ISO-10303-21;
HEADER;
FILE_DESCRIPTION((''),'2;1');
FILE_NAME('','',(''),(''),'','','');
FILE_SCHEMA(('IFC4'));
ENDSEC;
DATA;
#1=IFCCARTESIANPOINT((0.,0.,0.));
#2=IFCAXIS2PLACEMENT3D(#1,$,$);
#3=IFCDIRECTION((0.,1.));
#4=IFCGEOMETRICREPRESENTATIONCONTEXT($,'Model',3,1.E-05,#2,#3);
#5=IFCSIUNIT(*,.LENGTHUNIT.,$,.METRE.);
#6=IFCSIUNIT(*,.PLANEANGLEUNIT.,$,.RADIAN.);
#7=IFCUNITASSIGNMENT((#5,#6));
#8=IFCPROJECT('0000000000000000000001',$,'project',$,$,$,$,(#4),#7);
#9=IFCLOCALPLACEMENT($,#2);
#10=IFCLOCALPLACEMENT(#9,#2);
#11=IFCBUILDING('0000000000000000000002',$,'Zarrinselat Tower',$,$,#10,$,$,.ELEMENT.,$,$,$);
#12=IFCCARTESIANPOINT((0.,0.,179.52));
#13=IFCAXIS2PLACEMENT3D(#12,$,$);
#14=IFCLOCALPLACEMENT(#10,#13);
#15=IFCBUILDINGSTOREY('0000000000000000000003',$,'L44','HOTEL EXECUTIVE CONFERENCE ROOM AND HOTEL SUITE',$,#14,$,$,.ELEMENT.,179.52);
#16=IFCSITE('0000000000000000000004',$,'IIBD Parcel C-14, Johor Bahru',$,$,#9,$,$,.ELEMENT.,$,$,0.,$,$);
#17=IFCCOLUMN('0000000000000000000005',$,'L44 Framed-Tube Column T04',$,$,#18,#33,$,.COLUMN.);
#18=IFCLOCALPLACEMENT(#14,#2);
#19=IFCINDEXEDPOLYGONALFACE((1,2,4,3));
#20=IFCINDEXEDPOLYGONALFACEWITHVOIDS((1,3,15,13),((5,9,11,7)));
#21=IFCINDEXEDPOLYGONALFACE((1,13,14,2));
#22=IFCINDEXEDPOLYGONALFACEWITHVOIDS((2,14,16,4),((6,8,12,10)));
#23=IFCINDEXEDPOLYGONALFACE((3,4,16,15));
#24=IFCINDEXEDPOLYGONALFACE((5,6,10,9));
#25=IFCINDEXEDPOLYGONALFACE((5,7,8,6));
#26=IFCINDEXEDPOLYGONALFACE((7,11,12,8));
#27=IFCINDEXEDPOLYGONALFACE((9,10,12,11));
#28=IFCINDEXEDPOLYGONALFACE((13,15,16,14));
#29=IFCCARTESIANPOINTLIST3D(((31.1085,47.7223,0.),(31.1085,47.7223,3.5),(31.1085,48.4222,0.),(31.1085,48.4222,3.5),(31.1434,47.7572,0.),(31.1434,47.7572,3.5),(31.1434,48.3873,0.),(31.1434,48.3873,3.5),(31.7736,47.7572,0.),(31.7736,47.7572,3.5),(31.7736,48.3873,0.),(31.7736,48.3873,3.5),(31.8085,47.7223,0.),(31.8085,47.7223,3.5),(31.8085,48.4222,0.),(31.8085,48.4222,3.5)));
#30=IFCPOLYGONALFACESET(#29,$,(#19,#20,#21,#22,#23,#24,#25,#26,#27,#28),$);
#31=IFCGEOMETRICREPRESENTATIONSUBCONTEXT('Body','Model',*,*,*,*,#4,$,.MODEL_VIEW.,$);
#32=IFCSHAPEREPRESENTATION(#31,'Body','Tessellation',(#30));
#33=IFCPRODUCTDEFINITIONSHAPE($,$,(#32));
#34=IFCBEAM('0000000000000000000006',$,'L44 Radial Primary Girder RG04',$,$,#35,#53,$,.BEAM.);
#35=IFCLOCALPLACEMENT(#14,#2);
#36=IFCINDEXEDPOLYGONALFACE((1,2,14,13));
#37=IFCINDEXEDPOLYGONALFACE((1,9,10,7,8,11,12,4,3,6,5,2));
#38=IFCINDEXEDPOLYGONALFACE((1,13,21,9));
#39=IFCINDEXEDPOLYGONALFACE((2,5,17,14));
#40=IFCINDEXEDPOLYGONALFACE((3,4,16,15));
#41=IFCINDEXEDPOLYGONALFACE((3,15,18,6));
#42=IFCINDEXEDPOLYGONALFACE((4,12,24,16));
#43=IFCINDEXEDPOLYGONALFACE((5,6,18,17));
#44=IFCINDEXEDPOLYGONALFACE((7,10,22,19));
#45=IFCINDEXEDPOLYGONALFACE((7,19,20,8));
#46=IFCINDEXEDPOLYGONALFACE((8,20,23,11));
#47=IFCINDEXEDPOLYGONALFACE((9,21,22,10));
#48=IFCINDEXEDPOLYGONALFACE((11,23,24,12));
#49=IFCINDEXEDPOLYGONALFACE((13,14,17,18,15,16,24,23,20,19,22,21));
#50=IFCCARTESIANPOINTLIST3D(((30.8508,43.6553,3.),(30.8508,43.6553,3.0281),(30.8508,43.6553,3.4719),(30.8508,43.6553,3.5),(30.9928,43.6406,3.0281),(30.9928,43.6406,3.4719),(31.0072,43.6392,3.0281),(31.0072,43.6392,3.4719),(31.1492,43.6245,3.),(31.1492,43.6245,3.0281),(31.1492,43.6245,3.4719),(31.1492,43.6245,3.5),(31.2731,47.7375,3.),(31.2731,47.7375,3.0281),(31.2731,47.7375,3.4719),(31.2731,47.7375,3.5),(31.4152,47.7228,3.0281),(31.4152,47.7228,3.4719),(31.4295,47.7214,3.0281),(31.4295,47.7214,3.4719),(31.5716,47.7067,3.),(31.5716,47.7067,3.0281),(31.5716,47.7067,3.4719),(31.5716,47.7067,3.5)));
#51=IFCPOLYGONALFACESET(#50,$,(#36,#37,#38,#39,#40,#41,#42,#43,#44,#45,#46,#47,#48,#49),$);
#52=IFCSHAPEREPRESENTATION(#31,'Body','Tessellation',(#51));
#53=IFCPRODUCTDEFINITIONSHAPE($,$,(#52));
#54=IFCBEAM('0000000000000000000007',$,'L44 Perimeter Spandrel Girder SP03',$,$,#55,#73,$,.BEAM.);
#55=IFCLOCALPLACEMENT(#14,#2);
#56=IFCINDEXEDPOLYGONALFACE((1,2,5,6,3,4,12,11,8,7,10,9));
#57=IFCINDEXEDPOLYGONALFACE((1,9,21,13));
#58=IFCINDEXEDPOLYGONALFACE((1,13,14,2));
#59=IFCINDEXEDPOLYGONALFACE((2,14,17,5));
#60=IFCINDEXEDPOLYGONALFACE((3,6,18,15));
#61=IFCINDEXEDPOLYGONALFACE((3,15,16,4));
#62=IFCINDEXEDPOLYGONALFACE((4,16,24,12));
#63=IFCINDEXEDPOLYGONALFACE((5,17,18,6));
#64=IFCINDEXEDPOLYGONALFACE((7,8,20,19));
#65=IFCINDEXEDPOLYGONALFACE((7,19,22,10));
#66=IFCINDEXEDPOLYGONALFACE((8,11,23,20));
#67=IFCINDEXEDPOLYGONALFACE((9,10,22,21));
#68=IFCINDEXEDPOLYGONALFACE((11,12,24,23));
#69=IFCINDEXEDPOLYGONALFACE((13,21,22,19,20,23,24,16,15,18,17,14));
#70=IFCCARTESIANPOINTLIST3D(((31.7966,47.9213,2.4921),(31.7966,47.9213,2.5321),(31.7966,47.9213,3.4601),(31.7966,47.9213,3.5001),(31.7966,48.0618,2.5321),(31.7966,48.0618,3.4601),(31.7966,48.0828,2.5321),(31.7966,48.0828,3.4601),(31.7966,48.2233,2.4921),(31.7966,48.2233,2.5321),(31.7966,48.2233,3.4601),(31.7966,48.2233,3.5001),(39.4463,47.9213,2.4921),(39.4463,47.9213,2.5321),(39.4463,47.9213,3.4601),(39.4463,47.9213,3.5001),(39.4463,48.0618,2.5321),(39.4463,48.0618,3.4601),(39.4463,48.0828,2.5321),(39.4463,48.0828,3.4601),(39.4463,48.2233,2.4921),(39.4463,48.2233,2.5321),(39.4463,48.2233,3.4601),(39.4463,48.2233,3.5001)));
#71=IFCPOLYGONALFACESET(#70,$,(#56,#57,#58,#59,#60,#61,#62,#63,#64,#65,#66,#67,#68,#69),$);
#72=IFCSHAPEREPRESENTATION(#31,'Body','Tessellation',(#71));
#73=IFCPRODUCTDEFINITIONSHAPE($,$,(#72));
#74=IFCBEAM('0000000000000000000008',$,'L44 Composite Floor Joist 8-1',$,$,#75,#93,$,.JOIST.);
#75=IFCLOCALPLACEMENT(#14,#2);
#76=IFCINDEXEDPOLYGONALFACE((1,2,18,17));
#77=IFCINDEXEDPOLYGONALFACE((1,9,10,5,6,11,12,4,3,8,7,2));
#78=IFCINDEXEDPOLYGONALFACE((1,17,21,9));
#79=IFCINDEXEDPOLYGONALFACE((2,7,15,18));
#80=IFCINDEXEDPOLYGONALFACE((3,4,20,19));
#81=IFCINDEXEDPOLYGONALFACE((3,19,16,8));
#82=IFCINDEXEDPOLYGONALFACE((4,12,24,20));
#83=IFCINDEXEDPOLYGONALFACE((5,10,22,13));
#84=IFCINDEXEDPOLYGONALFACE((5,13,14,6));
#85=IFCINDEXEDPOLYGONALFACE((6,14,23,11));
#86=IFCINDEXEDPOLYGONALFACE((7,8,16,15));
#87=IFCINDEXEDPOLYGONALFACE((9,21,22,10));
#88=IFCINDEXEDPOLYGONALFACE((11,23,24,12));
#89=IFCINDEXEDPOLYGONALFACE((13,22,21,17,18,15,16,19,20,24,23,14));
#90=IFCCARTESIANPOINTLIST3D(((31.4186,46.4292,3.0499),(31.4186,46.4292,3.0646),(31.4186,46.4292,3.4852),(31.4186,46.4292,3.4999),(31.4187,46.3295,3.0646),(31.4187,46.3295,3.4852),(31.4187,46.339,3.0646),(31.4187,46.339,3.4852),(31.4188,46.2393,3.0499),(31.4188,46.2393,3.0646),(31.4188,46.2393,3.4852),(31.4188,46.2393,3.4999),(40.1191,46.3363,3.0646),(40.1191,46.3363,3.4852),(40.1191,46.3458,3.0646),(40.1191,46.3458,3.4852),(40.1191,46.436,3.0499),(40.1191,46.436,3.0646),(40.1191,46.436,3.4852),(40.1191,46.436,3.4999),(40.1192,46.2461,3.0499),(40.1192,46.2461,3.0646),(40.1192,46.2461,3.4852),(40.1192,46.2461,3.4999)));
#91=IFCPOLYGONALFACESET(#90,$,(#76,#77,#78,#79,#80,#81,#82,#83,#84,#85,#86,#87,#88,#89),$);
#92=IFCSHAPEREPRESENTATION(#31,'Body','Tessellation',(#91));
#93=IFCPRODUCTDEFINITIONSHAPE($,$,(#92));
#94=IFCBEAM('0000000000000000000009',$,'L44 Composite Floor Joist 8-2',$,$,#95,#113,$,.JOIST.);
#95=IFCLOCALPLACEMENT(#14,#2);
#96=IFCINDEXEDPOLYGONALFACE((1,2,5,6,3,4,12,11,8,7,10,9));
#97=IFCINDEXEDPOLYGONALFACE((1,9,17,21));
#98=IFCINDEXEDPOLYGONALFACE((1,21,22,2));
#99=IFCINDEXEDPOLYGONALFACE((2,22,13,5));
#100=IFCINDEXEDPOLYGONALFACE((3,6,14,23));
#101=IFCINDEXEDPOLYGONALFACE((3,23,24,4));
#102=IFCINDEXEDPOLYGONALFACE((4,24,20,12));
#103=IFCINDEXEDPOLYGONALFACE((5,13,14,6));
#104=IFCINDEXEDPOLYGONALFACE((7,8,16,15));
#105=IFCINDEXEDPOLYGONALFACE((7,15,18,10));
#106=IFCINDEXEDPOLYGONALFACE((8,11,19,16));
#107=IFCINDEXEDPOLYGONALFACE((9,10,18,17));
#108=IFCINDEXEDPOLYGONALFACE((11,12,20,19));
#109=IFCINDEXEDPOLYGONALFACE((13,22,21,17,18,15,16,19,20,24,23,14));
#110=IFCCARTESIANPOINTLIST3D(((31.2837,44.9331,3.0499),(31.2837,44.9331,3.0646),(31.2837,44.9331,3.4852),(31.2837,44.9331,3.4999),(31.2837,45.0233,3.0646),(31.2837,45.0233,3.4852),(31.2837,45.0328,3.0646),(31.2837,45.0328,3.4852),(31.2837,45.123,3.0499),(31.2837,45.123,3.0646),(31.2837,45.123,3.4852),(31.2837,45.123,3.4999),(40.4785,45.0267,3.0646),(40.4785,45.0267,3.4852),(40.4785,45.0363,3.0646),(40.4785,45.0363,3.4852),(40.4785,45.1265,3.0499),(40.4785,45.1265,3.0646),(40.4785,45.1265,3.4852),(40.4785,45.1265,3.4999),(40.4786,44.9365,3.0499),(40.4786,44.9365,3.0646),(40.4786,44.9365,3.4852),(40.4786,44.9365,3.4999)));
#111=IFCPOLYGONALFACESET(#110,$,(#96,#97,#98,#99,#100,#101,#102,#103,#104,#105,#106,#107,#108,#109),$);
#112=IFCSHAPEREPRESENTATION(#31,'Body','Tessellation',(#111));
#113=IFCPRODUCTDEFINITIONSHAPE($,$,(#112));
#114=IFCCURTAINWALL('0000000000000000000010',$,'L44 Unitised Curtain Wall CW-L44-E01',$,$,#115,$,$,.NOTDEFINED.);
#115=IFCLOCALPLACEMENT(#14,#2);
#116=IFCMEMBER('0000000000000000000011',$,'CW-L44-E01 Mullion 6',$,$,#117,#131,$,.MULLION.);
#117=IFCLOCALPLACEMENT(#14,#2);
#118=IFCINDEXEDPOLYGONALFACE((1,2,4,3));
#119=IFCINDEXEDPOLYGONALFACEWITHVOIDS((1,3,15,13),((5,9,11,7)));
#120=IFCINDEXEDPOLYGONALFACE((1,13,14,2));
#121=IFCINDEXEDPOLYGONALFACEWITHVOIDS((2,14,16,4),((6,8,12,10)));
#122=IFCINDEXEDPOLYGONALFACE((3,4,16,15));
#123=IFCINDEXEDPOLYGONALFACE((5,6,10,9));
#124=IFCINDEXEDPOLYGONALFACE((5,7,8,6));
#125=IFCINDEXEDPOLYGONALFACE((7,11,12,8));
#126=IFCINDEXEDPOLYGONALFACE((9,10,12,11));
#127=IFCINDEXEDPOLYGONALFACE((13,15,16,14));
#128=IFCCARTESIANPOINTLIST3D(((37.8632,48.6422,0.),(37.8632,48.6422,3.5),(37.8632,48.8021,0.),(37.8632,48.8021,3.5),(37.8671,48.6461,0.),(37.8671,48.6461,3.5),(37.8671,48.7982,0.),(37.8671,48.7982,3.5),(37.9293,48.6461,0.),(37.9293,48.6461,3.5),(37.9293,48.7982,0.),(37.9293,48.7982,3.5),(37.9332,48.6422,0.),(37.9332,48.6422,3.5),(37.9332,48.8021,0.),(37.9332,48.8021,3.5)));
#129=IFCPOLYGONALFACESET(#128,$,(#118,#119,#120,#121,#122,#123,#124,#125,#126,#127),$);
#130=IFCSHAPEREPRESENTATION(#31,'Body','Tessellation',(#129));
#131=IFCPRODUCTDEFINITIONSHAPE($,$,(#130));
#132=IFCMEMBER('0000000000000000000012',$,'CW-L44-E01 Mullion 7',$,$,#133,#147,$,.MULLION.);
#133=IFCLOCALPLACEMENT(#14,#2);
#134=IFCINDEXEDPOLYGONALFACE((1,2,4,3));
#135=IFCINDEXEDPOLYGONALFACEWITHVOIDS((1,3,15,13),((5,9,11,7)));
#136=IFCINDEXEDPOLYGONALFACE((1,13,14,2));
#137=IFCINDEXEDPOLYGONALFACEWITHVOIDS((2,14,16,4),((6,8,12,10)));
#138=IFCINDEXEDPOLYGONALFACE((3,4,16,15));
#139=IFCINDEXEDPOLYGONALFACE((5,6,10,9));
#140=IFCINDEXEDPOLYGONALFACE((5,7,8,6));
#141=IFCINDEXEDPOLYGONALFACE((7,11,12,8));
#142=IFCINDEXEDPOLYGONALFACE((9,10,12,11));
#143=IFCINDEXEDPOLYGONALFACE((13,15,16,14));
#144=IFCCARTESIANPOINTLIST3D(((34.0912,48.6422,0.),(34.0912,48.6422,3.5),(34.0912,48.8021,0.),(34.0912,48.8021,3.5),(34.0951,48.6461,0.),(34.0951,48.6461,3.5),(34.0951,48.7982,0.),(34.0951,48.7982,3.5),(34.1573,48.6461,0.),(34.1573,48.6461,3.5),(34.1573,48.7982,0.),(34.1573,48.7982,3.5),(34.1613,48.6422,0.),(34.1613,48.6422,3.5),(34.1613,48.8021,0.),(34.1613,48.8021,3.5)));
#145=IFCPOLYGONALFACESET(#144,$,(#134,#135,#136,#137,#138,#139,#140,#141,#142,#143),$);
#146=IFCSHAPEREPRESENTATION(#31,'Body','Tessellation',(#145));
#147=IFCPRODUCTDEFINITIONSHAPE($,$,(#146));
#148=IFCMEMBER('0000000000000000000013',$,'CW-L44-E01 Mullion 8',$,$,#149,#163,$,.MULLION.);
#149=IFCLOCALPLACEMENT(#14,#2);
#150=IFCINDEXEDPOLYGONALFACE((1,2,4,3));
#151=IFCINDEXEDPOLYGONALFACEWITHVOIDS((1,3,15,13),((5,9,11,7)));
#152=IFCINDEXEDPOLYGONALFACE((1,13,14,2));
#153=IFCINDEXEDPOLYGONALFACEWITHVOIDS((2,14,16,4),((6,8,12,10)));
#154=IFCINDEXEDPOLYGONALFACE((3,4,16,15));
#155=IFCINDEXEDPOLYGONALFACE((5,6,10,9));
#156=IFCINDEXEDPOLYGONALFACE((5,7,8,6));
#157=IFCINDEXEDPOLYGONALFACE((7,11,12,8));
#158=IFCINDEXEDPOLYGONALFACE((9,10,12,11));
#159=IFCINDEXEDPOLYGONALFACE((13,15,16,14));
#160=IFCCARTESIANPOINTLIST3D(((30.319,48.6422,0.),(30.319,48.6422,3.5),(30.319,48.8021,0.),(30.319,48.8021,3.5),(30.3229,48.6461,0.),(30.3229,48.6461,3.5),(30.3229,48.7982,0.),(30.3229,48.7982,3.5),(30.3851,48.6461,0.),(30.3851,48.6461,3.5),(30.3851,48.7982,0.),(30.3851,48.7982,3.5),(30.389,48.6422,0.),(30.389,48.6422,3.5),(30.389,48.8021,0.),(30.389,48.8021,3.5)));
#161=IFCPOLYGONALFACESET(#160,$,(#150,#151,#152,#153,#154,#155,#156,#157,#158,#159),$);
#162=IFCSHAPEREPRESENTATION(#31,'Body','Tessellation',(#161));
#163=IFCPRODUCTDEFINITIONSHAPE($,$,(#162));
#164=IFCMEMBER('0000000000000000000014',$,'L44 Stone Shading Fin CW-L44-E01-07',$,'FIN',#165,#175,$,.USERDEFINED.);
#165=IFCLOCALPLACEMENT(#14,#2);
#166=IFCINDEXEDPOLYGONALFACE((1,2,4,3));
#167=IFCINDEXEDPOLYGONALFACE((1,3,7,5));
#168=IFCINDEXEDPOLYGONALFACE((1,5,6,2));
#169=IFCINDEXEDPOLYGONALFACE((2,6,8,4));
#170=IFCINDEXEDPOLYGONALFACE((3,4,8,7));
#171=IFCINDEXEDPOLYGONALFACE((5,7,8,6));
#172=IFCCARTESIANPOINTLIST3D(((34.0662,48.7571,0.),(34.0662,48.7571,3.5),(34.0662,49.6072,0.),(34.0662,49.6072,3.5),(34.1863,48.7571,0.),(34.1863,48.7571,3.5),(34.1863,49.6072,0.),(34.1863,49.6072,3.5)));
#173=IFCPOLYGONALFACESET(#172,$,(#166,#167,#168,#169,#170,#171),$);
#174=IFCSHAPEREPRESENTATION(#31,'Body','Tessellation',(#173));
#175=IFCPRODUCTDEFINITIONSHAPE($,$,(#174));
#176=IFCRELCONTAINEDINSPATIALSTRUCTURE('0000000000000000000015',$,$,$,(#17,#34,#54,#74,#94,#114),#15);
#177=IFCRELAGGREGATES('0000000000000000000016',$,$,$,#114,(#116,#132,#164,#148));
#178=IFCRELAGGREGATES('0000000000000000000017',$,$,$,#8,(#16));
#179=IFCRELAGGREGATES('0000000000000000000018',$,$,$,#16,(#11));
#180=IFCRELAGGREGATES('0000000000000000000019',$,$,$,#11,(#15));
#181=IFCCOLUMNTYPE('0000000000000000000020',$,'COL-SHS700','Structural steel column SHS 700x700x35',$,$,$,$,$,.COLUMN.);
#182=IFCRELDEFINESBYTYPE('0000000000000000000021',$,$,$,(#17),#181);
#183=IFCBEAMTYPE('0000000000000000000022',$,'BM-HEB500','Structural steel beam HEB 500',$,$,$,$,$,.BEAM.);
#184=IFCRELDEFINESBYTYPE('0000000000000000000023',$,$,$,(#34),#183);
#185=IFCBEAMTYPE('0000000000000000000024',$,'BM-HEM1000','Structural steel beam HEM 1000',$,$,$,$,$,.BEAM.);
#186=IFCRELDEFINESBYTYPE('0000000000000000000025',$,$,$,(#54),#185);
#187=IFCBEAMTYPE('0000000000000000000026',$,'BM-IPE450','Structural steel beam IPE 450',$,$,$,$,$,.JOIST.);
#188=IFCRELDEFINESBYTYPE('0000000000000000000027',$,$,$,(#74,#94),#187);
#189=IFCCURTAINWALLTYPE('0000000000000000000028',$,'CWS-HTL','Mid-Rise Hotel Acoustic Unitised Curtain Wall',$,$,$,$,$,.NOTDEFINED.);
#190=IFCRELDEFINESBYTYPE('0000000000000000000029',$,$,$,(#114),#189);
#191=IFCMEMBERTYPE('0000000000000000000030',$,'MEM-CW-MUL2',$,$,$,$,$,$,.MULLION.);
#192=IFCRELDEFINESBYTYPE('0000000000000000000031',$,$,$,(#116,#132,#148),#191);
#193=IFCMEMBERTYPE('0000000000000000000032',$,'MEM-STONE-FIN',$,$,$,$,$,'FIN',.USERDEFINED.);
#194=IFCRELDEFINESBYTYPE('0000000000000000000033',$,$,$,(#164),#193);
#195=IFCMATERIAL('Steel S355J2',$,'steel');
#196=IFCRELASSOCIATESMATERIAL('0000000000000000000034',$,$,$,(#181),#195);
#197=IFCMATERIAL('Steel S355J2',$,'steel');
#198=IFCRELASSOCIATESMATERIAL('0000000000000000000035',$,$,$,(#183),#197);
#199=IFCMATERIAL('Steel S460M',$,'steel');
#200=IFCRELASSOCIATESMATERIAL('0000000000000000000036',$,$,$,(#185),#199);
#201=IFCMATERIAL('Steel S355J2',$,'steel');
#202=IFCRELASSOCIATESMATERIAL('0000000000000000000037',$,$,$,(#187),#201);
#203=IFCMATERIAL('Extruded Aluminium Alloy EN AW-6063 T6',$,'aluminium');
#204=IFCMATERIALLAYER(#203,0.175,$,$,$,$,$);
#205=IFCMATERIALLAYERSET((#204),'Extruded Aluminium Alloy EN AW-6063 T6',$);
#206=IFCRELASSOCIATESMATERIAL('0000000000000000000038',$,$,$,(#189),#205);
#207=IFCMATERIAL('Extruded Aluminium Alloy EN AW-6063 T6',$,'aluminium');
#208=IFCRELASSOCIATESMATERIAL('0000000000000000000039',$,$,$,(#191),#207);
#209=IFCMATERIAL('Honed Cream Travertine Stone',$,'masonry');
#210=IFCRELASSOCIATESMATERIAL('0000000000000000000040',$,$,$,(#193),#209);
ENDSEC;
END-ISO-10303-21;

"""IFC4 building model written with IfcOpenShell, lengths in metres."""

from ifc_helpers import new_model, si_unit, direction, frame, origin, origin_2d, place, context, subcontext, project, spatial, rectangle, hollow_rectangle, i_section, extrude, material, layer, layer_set, material_profile, profile_set, type_object, element, aggregate, save


model = new_model("IFC4")

# Units and contexts
model_context = context("Model", 3, precision=1e-05, world=origin(), true_north=direction((0.0, 1.0)))
body_context = subcontext(model_context, "Body", "Model", "MODEL_VIEW")
ifc_project = project(units=[si_unit("LENGTHUNIT", "METRE"), si_unit("PLANEANGLEUNIT", "RADIAN")], contexts=[model_context])

# Site, building, storey
site_placement = place(None, origin())
site = spatial("IfcSite", under=ifc_project, at=site_placement, Name="IIBD Parcel C-14, Johor Bahru", CompositionType="ELEMENT", RefElevation=0.0)
building_placement = place(site_placement, origin())
building = spatial("IfcBuilding", under=site, at=building_placement, Name="Zarrinselat Tower", CompositionType="ELEMENT")
storey_placement = place(building_placement, frame((0.0, 0.0, 179.52)))
storey = spatial("IfcBuildingStorey", under=building, at=storey_placement, Name="L44", Description="HOTEL EXECUTIVE CONFERENCE ROOM AND HOTEL SUITE", CompositionType="ELEMENT", Elevation=179.52)

# Column
ifc_material_1 = material(Name="Steel S355J2", Category="steel")
ifc_material_profile_1 = material_profile(ifc_material_1, hollow_rectangle(XDim=0.7, YDim=0.7, WallThickness=0.0349, at=origin_2d()), Name="SHS 700x700x35")
ifc_profile_set_1 = profile_set([ifc_material_profile_1], Name="Steel S355J2")
column_type = type_object("IfcColumnType", Name="COL-SHS700", Description="Structural steel column SHS 700x700x35", PredefinedType="COLUMN", material=ifc_profile_set_1)
column_placement = place(storey_placement, frame((31.4585, 48.0723, 0.0), z_axis=(0.0, 0.0, 1.0), x_axis=(1.0, 0.0, 0.0)))
element("IfcColumn", 1, at=column_placement, inside=storey, type_object=column_type, Name="L44 Framed-Tube Column T04", PredefinedType="COLUMN", context=body_context, shape_type="SweptSolid", body=[
    extrude(hollow_rectangle(XDim=0.7, YDim=0.7, WallThickness=0.0349, at=origin_2d()), origin(), (0.0, 0.0, 1.0), 3.5),
])

# Beams
ifc_material_2 = material(Name="Steel S355J2", Category="steel")
ifc_material_profile_2 = material_profile(ifc_material_2, i_section(OverallWidth=0.3, OverallDepth=0.5, WebThickness=0.0144, FlangeThickness=0.0281, at=origin_2d()), Name="HEB 500")
ifc_profile_set_2 = profile_set([ifc_material_profile_2], Name="Steel S355J2")
beam_type_1 = type_object("IfcBeamType", Name="BM-HEB500", Description="Structural steel beam HEB 500", PredefinedType="BEAM", material=ifc_profile_set_2)
beam_1_placement = place(storey_placement, frame((31.0, 43.6399, 3.25), z_axis=(0.102913, 0.99469, 0.0), x_axis=(-0.99469, 0.102913, 0.0)))
element("IfcBeam", 2, at=beam_1_placement, inside=storey, type_object=beam_type_1, Name="L44 Radial Primary Girder RG04", PredefinedType="BEAM", context=body_context, shape_type="SweptSolid", body=[
    extrude(i_section(OverallWidth=0.3, OverallDepth=0.5, WebThickness=0.0144, FlangeThickness=0.0281, at=origin_2d()), origin(), (0.0, 0.0, 1.0), 4.104),
])
ifc_material_3 = material(Name="Steel S460M", Category="steel")
ifc_material_profile_3 = material_profile(ifc_material_3, i_section(OverallWidth=0.302, OverallDepth=1.0081, WebThickness=0.021, FlangeThickness=0.04, at=origin_2d()), Name="HEM 1000")
ifc_profile_set_3 = profile_set([ifc_material_profile_3], Name="Steel S460M")
beam_type_2 = type_object("IfcBeamType", Name="BM-HEM1000", Description="Structural steel beam HEM 1000", PredefinedType="BEAM", material=ifc_profile_set_3)
beam_2_placement = place(storey_placement, frame((31.7966, 48.0723, 2.9961), z_axis=(1.0, 0.0, 0.0), x_axis=(0.0, 1.0, 0.0)))
element("IfcBeam", 3, at=beam_2_placement, inside=storey, type_object=beam_type_2, Name="L44 Perimeter Spandrel Girder SP03", PredefinedType="BEAM", context=body_context, shape_type="SweptSolid", body=[
    extrude(i_section(OverallWidth=0.302, OverallDepth=1.0081, WebThickness=0.021, FlangeThickness=0.04, at=origin_2d()), origin(), (0.0, 0.0, 1.0), 7.6497),
])
ifc_material_4 = material(Name="Steel S355J2", Category="steel")
ifc_material_profile_4 = material_profile(ifc_material_4, i_section(OverallWidth=0.1899, OverallDepth=0.45, WebThickness=0.0095, FlangeThickness=0.0146, at=origin_2d()), Name="IPE 450")
ifc_profile_set_4 = profile_set([ifc_material_profile_4], Name="Steel S355J2")
beam_type_3 = type_object("IfcBeamType", Name="BM-IPE450", Description="Structural steel beam IPE 450", PredefinedType="JOIST", material=ifc_profile_set_4)
beam_3_placement = place(storey_placement, frame((31.4187, 46.3342, 3.2749), z_axis=(1.0, 0.000786, 0.0), x_axis=(-0.000786, 1.0, 0.0)))
element("IfcBeam", 4, at=beam_3_placement, inside=storey, type_object=beam_type_3, Name="L44 Composite Floor Joist 8-1", PredefinedType="JOIST", context=body_context, shape_type="SweptSolid", body=[
    extrude(i_section(OverallWidth=0.1899, OverallDepth=0.45, WebThickness=0.0095, FlangeThickness=0.0146, at=origin_2d()), origin(), (0.0, 0.0, 1.0), 8.7004),
])
beam_4_placement = place(storey_placement, frame((31.2837, 45.0281, 3.2749), z_axis=(1.0, 0.000372, 0.0), x_axis=(-0.000372, 1.0, 0.0)))
element("IfcBeam", 5, at=beam_4_placement, inside=storey, type_object=beam_type_3, Name="L44 Composite Floor Joist 8-2", PredefinedType="JOIST", context=body_context, shape_type="SweptSolid", body=[
    extrude(i_section(OverallWidth=0.1899, OverallDepth=0.45, WebThickness=0.0095, FlangeThickness=0.0146, at=origin_2d()), origin(), (0.0, 0.0, 1.0), 9.1948),
])

# Curtain wall, members
ifc_material_5 = material(Name="Extruded Aluminium Alloy EN AW-6063 T6", Category="aluminium")
ifc_layer_1 = layer(ifc_material_5, 0.175)
ifc_layer_set_1 = layer_set([ifc_layer_1], Name="Extruded Aluminium Alloy EN AW-6063 T6")
curtain_wall_type = type_object("IfcCurtainWallType", Name="CWS-HTL", Description="Mid-Rise Hotel Acoustic Unitised Curtain Wall", PredefinedType="NOTDEFINED", material=ifc_layer_set_1)
curtain_wall_placement = place(storey_placement, origin())
curtain_wall = element("IfcCurtainWall", 6, at=curtain_wall_placement, inside=storey, type_object=curtain_wall_type, Name="L44 Unitised Curtain Wall CW-L44-E01", PredefinedType="NOTDEFINED")
ifc_material_6 = material(Name="Extruded Aluminium Alloy EN AW-6063 T6", Category="aluminium")
ifc_material_profile_5 = material_profile(ifc_material_6, hollow_rectangle(XDim=0.0701, YDim=0.1599, WallThickness=0.0039, at=origin_2d()), Name="RHS 160x70x4")
ifc_profile_set_5 = profile_set([ifc_material_profile_5], Name="Extruded Aluminium Alloy EN AW-6063 T6")
member_type_1 = type_object("IfcMemberType", Name="MEM-CW-MUL2", PredefinedType="MULLION", material=ifc_profile_set_5)
member_1_placement = place(storey_placement, frame((37.8982, 48.7222, 0.0), z_axis=(0.0, 0.0, 1.0), x_axis=(-1.0, 0.0, 0.0)))
member_1 = element("IfcMember", 7, at=member_1_placement, type_object=member_type_1, Name="CW-L44-E01 Mullion 6", PredefinedType="MULLION", context=body_context, shape_type="SweptSolid", body=[
    extrude(hollow_rectangle(XDim=0.0701, YDim=0.1599, WallThickness=0.0039, at=origin_2d()), origin(), (0.0, 0.0, 1.0), 3.5),
])
member_2_placement = place(storey_placement, frame((34.1262, 48.7222, 0.0), z_axis=(0.0, 0.0, 1.0), x_axis=(-1.0, 0.0, 0.0)))
member_2 = element("IfcMember", 8, at=member_2_placement, type_object=member_type_1, Name="CW-L44-E01 Mullion 7", PredefinedType="MULLION", context=body_context, shape_type="SweptSolid", body=[
    extrude(hollow_rectangle(XDim=0.0701, YDim=0.1599, WallThickness=0.0039, at=origin_2d()), origin(), (0.0, 0.0, 1.0), 3.5),
])
member_3_placement = place(storey_placement, frame((30.354, 48.7222, 0.0), z_axis=(0.0, 0.0, 1.0), x_axis=(-1.0, 0.0, 0.0)))
member_3 = element("IfcMember", 9, at=member_3_placement, type_object=member_type_1, Name="CW-L44-E01 Mullion 8", PredefinedType="MULLION", context=body_context, shape_type="SweptSolid", body=[
    extrude(hollow_rectangle(XDim=0.0701, YDim=0.1599, WallThickness=0.0039, at=origin_2d()), origin(), (0.0, 0.0, 1.0), 3.5),
])
ifc_material_7 = material(Name="Honed Cream Travertine Stone", Category="masonry")
ifc_material_profile_6 = material_profile(ifc_material_7, rectangle(XDim=0.1201, YDim=0.8501, at=origin_2d()), Name="FIN 850x120")
ifc_profile_set_6 = profile_set([ifc_material_profile_6], Name="Honed Cream Travertine Stone")
member_type_2 = type_object("IfcMemberType", Name="MEM-STONE-FIN", ElementType="FIN", PredefinedType="USERDEFINED", material=ifc_profile_set_6)
member_4_placement = place(storey_placement, frame((34.1262, 49.1821, 0.0), z_axis=(0.0, 0.0, 1.0), x_axis=(1.0, 0.0, 0.0)))
member_4 = element("IfcMember", 10, at=member_4_placement, type_object=member_type_2, Name="L44 Stone Shading Fin CW-L44-E01-07", ObjectType="FIN", PredefinedType="USERDEFINED", context=body_context, shape_type="SweptSolid", body=[
    extrude(rectangle(XDim=0.1201, YDim=0.8501, at=origin_2d()), origin(), (0.0, 0.0, 1.0), 3.5),
])
aggregate(curtain_wall, [member_1, member_2, member_4, member_3])

save(model, "model.ifc")
